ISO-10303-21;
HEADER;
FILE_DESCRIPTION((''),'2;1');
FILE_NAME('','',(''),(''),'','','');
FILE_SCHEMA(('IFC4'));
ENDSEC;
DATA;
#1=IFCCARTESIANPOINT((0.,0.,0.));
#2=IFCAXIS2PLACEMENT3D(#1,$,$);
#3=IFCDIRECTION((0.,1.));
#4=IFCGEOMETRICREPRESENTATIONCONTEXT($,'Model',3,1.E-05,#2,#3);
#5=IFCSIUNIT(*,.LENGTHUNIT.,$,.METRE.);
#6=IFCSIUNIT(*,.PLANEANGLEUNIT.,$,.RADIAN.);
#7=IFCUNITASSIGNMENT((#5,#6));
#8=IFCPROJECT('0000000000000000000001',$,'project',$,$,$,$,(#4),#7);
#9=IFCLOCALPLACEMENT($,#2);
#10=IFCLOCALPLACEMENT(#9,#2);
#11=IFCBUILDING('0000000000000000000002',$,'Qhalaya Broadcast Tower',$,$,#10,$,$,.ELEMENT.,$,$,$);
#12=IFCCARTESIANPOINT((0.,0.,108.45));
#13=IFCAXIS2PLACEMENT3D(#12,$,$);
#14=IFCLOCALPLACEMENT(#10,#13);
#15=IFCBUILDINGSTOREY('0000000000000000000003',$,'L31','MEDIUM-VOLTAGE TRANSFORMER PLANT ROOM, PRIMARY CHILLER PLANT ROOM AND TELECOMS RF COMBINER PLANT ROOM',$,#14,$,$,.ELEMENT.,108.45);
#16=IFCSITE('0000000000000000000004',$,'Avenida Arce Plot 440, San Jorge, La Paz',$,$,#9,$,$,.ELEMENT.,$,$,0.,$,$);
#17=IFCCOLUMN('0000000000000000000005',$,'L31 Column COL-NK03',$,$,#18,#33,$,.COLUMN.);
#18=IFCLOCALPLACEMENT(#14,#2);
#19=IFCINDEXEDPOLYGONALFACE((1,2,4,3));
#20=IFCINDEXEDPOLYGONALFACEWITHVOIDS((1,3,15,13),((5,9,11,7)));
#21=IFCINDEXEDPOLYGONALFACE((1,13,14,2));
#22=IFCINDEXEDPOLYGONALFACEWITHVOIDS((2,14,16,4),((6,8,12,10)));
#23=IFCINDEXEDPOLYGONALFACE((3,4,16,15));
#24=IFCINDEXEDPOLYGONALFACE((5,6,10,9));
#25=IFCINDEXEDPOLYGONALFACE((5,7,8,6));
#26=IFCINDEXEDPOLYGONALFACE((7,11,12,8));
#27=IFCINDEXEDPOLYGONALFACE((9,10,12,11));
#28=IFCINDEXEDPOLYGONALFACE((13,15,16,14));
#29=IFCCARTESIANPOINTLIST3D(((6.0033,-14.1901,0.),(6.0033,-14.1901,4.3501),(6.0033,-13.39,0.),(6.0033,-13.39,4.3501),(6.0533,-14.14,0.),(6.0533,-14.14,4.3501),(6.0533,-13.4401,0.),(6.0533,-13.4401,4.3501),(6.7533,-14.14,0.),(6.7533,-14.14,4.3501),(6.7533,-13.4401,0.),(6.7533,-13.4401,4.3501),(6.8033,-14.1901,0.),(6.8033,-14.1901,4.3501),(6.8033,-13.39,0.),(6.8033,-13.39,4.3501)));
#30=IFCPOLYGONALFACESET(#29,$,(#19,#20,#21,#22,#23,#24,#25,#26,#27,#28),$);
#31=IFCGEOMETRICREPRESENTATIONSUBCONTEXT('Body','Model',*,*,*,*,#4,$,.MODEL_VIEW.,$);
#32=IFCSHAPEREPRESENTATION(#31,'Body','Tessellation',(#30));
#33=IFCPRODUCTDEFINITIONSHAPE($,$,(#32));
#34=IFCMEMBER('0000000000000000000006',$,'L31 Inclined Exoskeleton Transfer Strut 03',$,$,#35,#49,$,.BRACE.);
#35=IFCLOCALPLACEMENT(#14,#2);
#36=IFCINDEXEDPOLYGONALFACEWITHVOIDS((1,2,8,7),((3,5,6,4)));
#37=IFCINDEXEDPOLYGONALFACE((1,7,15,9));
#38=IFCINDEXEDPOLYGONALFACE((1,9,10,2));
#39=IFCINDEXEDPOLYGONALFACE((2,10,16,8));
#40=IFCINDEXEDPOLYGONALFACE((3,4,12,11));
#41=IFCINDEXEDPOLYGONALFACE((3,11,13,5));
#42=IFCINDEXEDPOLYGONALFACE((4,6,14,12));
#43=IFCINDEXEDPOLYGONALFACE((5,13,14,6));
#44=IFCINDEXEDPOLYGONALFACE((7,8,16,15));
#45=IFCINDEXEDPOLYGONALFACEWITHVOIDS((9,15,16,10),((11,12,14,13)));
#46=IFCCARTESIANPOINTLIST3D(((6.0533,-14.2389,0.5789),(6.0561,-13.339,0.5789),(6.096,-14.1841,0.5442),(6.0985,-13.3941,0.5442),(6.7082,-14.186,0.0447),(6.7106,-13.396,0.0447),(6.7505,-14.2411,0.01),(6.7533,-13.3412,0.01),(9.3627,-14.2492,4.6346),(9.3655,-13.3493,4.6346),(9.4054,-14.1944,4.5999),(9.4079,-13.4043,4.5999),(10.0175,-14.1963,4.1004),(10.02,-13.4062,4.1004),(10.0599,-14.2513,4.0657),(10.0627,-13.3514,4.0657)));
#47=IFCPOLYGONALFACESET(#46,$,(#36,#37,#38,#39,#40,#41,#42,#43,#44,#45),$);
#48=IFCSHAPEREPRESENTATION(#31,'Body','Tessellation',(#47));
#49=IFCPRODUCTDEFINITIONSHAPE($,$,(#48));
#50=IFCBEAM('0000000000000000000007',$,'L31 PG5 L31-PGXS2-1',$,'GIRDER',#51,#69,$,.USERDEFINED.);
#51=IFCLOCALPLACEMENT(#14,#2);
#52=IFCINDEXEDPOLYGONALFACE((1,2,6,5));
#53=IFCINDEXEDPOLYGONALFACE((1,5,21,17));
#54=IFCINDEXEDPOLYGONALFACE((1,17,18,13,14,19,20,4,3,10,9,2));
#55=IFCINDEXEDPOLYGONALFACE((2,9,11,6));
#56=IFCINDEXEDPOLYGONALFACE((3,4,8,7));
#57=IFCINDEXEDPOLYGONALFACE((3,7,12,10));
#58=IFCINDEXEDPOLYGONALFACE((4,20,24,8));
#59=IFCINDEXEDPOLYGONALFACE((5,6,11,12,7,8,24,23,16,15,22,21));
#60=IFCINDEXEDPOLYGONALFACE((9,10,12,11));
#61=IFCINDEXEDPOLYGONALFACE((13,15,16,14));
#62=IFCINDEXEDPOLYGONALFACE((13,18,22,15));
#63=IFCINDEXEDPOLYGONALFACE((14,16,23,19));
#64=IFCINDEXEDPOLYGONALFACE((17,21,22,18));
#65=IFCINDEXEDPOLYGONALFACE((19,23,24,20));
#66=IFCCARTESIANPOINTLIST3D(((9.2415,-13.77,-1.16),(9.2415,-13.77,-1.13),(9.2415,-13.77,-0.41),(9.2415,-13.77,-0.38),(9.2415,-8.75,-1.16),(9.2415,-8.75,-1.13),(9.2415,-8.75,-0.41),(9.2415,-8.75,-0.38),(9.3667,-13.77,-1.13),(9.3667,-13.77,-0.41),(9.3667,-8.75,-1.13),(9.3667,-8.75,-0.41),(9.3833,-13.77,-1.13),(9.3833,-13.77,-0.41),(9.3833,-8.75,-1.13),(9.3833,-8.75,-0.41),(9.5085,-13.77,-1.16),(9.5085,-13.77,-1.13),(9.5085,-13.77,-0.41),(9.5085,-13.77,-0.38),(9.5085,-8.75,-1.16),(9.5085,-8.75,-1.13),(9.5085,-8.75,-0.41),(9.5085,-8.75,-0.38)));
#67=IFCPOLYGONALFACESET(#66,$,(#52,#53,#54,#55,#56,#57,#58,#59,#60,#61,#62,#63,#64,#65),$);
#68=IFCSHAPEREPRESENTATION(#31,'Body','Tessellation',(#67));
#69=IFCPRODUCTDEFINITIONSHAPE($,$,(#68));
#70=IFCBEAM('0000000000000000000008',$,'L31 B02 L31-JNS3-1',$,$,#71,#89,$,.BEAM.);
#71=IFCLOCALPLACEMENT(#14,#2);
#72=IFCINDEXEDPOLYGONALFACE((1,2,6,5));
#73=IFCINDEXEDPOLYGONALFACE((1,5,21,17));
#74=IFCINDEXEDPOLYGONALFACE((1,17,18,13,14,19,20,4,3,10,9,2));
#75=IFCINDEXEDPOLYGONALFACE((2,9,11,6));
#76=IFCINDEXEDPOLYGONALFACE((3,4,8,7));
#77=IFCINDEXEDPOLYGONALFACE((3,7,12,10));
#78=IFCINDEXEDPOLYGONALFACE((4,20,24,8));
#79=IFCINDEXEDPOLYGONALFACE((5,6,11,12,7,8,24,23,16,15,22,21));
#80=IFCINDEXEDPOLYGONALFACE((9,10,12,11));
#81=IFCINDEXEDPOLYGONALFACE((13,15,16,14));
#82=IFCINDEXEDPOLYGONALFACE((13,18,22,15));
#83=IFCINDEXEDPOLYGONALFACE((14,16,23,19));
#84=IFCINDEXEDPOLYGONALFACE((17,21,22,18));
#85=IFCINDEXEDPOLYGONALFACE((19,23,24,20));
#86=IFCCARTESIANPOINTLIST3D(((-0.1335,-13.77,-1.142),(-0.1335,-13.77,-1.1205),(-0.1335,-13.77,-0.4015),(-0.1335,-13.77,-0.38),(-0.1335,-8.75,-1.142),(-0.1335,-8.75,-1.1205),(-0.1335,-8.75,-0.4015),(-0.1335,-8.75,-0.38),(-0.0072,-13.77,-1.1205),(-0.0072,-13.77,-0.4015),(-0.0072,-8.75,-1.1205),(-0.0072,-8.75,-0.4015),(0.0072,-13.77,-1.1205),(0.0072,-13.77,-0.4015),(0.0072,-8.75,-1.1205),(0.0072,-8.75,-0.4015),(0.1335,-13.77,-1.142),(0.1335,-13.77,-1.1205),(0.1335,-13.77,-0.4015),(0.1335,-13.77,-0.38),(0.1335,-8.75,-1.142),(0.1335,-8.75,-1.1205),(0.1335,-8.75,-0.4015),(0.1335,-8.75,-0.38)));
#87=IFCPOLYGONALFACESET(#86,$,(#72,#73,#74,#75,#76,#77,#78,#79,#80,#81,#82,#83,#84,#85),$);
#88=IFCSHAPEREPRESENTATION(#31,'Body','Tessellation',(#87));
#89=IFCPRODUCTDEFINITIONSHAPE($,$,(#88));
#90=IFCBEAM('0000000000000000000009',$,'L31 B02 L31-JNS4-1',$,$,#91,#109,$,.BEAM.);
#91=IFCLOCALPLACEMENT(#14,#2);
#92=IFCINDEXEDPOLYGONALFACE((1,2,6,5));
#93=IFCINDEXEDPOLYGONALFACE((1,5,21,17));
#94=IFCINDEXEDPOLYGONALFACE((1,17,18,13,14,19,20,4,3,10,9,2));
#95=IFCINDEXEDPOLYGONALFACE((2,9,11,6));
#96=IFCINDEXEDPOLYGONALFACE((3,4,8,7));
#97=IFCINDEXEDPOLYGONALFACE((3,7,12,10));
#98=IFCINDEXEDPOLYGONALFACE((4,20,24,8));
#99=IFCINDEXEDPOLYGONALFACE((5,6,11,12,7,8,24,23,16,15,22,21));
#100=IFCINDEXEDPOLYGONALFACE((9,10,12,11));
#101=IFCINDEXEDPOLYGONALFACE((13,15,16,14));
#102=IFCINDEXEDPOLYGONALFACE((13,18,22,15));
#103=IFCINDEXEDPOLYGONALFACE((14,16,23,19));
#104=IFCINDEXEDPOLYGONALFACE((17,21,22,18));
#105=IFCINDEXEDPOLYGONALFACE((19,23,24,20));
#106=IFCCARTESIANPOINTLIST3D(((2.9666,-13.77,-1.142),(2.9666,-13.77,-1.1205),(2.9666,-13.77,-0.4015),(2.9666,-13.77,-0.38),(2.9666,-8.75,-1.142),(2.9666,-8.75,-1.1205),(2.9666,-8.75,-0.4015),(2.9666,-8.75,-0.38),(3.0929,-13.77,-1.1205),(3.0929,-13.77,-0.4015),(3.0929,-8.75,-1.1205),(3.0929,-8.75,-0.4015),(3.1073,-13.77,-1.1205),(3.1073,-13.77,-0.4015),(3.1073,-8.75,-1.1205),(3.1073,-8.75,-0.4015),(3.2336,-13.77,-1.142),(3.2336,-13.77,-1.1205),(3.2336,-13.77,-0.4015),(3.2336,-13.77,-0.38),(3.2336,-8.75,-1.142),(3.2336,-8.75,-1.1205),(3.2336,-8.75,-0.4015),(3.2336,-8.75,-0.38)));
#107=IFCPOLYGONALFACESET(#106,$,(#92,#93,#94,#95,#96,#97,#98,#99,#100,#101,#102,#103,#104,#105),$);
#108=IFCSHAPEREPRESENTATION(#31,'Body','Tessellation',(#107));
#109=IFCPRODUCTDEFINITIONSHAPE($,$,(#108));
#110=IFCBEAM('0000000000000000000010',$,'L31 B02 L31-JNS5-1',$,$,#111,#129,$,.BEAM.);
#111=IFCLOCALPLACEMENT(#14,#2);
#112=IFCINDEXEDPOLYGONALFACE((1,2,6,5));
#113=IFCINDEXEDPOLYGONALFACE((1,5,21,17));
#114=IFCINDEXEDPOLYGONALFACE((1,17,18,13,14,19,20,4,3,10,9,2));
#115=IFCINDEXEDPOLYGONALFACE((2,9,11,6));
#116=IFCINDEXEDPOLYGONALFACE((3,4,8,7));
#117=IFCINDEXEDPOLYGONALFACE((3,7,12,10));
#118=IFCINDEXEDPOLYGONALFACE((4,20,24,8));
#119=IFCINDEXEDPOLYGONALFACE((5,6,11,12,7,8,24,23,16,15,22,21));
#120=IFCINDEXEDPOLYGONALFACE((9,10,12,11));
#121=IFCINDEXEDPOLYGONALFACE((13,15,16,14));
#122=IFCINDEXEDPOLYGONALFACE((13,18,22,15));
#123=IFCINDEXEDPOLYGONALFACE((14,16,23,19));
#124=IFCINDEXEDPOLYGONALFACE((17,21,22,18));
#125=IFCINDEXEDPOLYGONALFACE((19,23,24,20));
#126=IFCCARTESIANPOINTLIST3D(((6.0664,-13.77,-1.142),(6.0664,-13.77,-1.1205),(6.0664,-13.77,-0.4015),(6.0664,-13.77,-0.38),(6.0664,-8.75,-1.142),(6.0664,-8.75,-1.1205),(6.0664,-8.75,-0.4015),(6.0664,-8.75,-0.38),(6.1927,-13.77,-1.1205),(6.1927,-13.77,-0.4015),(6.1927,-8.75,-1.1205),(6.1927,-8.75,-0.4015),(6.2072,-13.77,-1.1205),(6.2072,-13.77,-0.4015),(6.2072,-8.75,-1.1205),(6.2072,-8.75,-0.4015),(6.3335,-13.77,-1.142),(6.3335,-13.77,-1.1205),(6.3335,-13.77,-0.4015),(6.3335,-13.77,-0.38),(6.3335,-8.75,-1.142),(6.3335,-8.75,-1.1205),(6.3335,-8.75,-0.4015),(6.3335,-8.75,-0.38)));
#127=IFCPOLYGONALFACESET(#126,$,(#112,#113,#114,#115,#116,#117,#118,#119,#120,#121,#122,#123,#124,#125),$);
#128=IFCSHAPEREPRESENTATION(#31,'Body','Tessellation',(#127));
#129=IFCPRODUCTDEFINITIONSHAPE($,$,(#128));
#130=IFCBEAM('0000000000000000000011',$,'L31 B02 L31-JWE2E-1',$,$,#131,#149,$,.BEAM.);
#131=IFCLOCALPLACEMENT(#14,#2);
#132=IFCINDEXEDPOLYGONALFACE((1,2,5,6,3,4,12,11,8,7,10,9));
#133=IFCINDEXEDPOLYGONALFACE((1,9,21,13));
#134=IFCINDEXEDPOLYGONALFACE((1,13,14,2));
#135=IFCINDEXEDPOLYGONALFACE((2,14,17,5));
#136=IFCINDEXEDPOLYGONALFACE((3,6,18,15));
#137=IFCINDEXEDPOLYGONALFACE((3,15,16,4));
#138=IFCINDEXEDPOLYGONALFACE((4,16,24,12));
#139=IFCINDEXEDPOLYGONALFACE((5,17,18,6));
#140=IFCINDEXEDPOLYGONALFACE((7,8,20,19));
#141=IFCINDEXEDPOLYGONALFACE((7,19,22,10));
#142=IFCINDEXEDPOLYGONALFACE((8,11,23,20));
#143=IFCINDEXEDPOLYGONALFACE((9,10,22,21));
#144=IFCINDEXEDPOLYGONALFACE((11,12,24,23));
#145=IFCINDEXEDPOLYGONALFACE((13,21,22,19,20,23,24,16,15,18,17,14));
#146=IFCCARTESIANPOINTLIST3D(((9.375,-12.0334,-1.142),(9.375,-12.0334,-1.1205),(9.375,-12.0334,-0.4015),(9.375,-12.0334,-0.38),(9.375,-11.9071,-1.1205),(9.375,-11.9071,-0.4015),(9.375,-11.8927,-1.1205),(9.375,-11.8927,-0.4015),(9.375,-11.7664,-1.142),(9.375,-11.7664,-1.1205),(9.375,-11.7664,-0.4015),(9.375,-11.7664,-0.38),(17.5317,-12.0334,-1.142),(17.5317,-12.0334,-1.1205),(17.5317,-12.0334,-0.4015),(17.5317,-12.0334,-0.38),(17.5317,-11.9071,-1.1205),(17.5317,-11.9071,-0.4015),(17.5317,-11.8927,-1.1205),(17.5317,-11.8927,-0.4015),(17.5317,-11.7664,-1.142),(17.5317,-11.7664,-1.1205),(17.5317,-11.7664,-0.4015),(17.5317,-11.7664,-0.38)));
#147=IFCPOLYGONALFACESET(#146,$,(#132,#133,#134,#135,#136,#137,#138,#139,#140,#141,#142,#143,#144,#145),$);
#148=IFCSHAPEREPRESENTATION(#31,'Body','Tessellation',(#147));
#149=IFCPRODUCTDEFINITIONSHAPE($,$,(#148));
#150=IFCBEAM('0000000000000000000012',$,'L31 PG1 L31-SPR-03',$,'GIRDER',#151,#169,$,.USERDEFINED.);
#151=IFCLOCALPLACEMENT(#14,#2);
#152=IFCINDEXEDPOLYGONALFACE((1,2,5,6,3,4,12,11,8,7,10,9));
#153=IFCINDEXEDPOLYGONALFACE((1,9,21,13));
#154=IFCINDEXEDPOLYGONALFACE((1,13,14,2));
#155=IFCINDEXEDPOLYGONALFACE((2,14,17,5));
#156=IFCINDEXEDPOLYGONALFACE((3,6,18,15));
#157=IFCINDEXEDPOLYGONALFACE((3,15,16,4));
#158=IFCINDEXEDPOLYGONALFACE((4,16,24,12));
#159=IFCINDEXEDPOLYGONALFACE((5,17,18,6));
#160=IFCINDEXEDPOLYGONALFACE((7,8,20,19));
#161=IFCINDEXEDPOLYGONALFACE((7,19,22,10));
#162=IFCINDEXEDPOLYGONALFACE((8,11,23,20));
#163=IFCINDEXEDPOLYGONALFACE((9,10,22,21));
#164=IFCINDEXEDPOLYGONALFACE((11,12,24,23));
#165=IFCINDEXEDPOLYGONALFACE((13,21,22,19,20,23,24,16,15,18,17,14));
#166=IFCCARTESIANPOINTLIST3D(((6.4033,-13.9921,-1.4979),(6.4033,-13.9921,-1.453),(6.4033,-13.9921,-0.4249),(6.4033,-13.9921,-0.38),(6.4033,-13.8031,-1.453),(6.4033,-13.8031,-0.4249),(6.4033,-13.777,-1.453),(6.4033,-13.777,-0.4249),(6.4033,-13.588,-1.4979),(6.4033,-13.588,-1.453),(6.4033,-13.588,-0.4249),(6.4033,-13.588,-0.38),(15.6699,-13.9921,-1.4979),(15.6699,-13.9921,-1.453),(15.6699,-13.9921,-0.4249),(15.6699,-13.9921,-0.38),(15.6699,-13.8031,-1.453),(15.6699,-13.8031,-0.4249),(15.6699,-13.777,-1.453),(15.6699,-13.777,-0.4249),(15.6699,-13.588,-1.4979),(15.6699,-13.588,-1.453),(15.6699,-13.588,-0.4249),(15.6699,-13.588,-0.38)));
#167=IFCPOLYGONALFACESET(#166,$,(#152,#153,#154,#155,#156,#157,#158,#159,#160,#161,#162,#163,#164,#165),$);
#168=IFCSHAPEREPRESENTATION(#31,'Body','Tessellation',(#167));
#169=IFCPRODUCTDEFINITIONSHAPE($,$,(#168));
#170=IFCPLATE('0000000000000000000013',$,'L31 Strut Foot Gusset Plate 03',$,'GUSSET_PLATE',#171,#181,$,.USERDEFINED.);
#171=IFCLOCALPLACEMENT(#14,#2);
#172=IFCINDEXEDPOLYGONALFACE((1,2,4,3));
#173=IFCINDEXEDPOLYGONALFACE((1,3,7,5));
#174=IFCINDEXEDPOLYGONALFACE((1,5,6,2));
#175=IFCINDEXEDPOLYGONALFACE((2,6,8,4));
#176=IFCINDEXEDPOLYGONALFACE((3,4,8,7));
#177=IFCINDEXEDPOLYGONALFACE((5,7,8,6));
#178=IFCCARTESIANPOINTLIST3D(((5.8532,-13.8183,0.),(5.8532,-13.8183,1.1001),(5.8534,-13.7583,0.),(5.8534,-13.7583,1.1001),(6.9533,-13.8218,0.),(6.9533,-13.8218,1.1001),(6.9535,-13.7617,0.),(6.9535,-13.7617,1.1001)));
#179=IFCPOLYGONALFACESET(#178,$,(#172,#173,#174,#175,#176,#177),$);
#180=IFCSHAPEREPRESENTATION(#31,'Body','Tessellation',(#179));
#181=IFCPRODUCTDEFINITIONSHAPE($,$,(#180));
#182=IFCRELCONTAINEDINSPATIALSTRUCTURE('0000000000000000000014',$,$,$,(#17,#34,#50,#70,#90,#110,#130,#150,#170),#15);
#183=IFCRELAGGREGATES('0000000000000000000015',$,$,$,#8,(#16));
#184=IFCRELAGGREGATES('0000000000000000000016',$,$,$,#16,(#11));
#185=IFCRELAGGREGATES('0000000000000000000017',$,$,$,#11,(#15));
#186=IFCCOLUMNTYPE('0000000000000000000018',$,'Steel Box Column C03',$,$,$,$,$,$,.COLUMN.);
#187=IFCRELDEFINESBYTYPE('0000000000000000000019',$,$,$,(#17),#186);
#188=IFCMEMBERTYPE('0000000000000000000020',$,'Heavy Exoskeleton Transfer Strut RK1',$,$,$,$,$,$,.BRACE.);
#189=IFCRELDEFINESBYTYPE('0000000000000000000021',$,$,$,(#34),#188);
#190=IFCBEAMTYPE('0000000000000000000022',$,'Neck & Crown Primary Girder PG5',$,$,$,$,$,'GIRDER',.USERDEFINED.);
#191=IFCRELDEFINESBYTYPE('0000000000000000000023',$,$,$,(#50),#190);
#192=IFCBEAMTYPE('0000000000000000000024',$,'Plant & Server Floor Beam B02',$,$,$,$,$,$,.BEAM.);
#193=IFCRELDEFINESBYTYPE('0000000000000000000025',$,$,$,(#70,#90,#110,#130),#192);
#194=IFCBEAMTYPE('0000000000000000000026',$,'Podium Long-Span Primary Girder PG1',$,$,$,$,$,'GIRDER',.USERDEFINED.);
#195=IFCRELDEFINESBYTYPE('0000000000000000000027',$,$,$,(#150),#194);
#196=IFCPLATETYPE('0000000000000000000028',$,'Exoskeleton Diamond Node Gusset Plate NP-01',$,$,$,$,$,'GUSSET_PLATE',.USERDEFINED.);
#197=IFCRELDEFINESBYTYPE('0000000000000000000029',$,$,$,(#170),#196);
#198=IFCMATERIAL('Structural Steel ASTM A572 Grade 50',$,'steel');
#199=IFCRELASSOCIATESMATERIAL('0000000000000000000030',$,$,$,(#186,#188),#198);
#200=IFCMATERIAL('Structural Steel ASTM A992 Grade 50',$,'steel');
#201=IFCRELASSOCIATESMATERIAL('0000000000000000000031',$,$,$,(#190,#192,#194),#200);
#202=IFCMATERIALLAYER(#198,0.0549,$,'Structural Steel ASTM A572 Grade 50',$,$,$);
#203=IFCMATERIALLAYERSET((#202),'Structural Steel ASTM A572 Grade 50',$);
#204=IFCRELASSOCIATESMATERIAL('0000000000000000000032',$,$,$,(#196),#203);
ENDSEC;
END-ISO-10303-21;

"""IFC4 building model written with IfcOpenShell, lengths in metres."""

from ifc_helpers import new_model, si_unit, direction, frame, origin, origin_2d, place, context, subcontext, project, spatial, rectangle, hollow_rectangle, i_section, extrude, material, layer, layer_set, material_profile, profile_set, type_object, element, save


model = new_model("IFC4")

# Units and contexts
model_context = context("Model", 3, precision=1e-05, world=origin(), true_north=direction((0.0, 1.0)))
body_context = subcontext(model_context, "Body", "Model", "MODEL_VIEW")
ifc_project = project(units=[si_unit("LENGTHUNIT", "METRE"), si_unit("PLANEANGLEUNIT", "RADIAN")], contexts=[model_context])

# Site, building, storey
site_placement = place(None, origin())
site = spatial("IfcSite", under=ifc_project, at=site_placement, Name="Avenida Arce Plot 440, San Jorge, La Paz", CompositionType="ELEMENT", RefElevation=0.0)
building_placement = place(site_placement, origin())
building = spatial("IfcBuilding", under=site, at=building_placement, Name="Qhalaya Broadcast Tower", CompositionType="ELEMENT")
storey_placement = place(building_placement, frame((0.0, 0.0, 108.45)))
storey = spatial("IfcBuildingStorey", under=building, at=storey_placement, Name="L31", Description="MEDIUM-VOLTAGE TRANSFORMER PLANT ROOM, PRIMARY CHILLER PLANT ROOM AND TELECOMS RF COMBINER PLANT ROOM", CompositionType="ELEMENT", Elevation=108.45)

# Column
ifc_material_1 = material(Name="Structural Steel ASTM A572 Grade 50", Category="steel")
ifc_material_profile_1 = material_profile(ifc_material_1, hollow_rectangle(XDim=0.8, YDim=0.8, WallThickness=0.05, at=origin_2d()), Name="BOX 800x800x50")
ifc_profile_set_1 = profile_set([ifc_material_profile_1], Name="Structural Steel ASTM A572 Grade 50")
column_type = type_object("IfcColumnType", Name="Steel Box Column C03", PredefinedType="COLUMN", material=ifc_profile_set_1)
column_placement = place(storey_placement, frame((6.4033, -13.79, 0.0), z_axis=(0.0, 0.0, 1.0), x_axis=(1.0, 0.0, 0.0)))
element("IfcColumn", 1, at=column_placement, inside=storey, type_object=column_type, Name="L31 Column COL-NK03", PredefinedType="COLUMN", context=body_context, shape_type="SweptSolid", body=[
    extrude(hollow_rectangle(XDim=0.8, YDim=0.8, WallThickness=0.05, at=origin_2d()), origin(), (0.0, 0.0, 1.0), 4.3501),
])

# Member
ifc_material_profile_2 = material_profile(ifc_material_1, hollow_rectangle(XDim=0.8999, YDim=0.8999, WallThickness=0.0549, at=origin_2d()), Name="BOX 900x900x55")
ifc_profile_set_2 = profile_set([ifc_material_profile_2], Name="Structural Steel ASTM A572 Grade 50")
member_type = type_object("IfcMemberType", Name="Heavy Exoskeleton Transfer Strut RK1", PredefinedType="BRACE", material=ifc_profile_set_2)
member_placement = place(storey_placement, frame((6.4033, -13.79, 0.2944), z_axis=(0.632212, -0.001959, 0.774793), x_axis=(0.003098, 0.999995, 0.0)))
element("IfcMember", 2, at=member_placement, inside=storey, type_object=member_type, Name="L31 Inclined Exoskeleton Transfer Strut 03", PredefinedType="BRACE", context=body_context, shape_type="SweptSolid", body=[
    extrude(hollow_rectangle(XDim=0.8999, YDim=0.8999, WallThickness=0.0549, at=origin_2d()), origin(), (0.0, 0.0, 1.0), 5.2346),
])

# Beams
ifc_material_2 = material(Name="Structural Steel ASTM A992 Grade 50", Category="steel")
ifc_material_profile_3 = material_profile(ifc_material_2, i_section(OverallWidth=0.2671, OverallDepth=0.78, WebThickness=0.0166, FlangeThickness=0.03, at=origin_2d()), Name="W30X148")
ifc_profile_set_3 = profile_set([ifc_material_profile_3], Name="Structural Steel ASTM A992 Grade 50")
beam_type_1 = type_object("IfcBeamType", Name="Neck & Crown Primary Girder PG5", ElementType="GIRDER", PredefinedType="USERDEFINED", material=ifc_profile_set_3)
beam_1_placement = place(storey_placement, frame((9.375, -13.77, -0.77), z_axis=(0.0, 1.0, 0.0), x_axis=(-1.0, 0.0, 0.0)))
element("IfcBeam", 3, at=beam_1_placement, inside=storey, type_object=beam_type_1, Name="L31 PG5 L31-PGXS2-1", ObjectType="GIRDER", PredefinedType="USERDEFINED", context=body_context, shape_type="SweptSolid", body=[
    extrude(i_section(OverallWidth=0.2671, OverallDepth=0.78, WebThickness=0.0166, FlangeThickness=0.03, at=origin_2d()), origin(), (0.0, 0.0, 1.0), 5.02),
])
ifc_material_profile_4 = material_profile(ifc_material_2, i_section(OverallWidth=0.2671, OverallDepth=0.762, WebThickness=0.0144, FlangeThickness=0.0215, at=origin_2d()), Name="W30X116")
ifc_profile_set_4 = profile_set([ifc_material_profile_4], Name="Structural Steel ASTM A992 Grade 50")
beam_type_2 = type_object("IfcBeamType", Name="Plant & Server Floor Beam B02", PredefinedType="BEAM", material=ifc_profile_set_4)
for number, where, z_axis, x_axis, name in (
    (4, (0.0, -13.77, -0.761), (0.0, 1.0, 0.0), (-1.0, 0.0, 0.0), "L31 B02 L31-JNS3-1"),
    (5, (3.1001, -13.77, -0.761), (0.0, 1.0, 0.0), (-1.0, 0.0, 0.0), "L31 B02 L31-JNS4-1"),
    (6, (6.2, -13.77, -0.761), (0.0, 1.0, 0.0), (-1.0, 0.0, 0.0), "L31 B02 L31-JNS5-1"),
):
    element("IfcBeam", number, at=place(storey_placement, frame(where, z_axis=z_axis, x_axis=x_axis)), inside=storey, type_object=beam_type_2, Name=name, PredefinedType="BEAM", context=body_context, shape_type="SweptSolid", body=[
        extrude(i_section(OverallWidth=0.2671, OverallDepth=0.762, WebThickness=0.0144, FlangeThickness=0.0215, at=origin_2d()), origin(), (0.0, 0.0, 1.0), 5.02),
    ])
beam_2_placement = place(storey_placement, frame((9.375, -11.8999, -0.761), z_axis=(1.0, 0.0, 0.0), x_axis=(0.0, 1.0, 0.0)))
element("IfcBeam", 7, at=beam_2_placement, inside=storey, type_object=beam_type_2, Name="L31 B02 L31-JWE2E-1", PredefinedType="BEAM", context=body_context, shape_type="SweptSolid", body=[
    extrude(i_section(OverallWidth=0.2671, OverallDepth=0.762, WebThickness=0.0144, FlangeThickness=0.0215, at=origin_2d()), origin(), (0.0, 0.0, 1.0), 8.1567),
])
ifc_material_profile_5 = material_profile(ifc_material_2, i_section(OverallWidth=0.4041, OverallDepth=1.1179, WebThickness=0.0261, FlangeThickness=0.0449, at=origin_2d()), Name="W44X335")
ifc_profile_set_5 = profile_set([ifc_material_profile_5], Name="Structural Steel ASTM A992 Grade 50")
beam_type_3 = type_object("IfcBeamType", Name="Podium Long-Span Primary Girder PG1", ElementType="GIRDER", PredefinedType="USERDEFINED", material=ifc_profile_set_5)
beam_3_placement = place(storey_placement, frame((6.4033, -13.79, -0.939), z_axis=(1.0, 0.0, 0.0), x_axis=(0.0, 1.0, 0.0)))
element("IfcBeam", 8, at=beam_3_placement, inside=storey, type_object=beam_type_3, Name="L31 PG1 L31-SPR-03", ObjectType="GIRDER", PredefinedType="USERDEFINED", context=body_context, shape_type="SweptSolid", body=[
    extrude(i_section(OverallWidth=0.4041, OverallDepth=1.1179, WebThickness=0.0261, FlangeThickness=0.0449, at=origin_2d()), origin(), (0.0, 0.0, 1.0), 9.2666),
])

# Plate
ifc_layer_1 = layer(ifc_material_1, 0.0549, Name="Structural Steel ASTM A572 Grade 50")
ifc_layer_set_1 = layer_set([ifc_layer_1], Name="Structural Steel ASTM A572 Grade 50")
plate_type_1 = type_object("IfcPlateType", Name="Exoskeleton Diamond Node Gusset Plate NP-01", ElementType="GUSSET_PLATE", PredefinedType="USERDEFINED", material=ifc_layer_set_1)
plate_1_placement = place(storey_placement, frame((6.4033, -13.79, 0.0), z_axis=(0.0, 0.0, 1.0), x_axis=(0.999995, -0.003142, 0.0)))
element("IfcPlate", 9, at=plate_1_placement, inside=storey, type_object=plate_type_1, Name="L31 Strut Foot Gusset Plate 03", ObjectType="GUSSET_PLATE", PredefinedType="USERDEFINED", context=body_context, shape_type="SweptSolid", body=[
    extrude(rectangle(XDim=1.1001, YDim=0.0601, at=origin_2d()), origin(), (0.0, 0.0, 1.0), 1.1001),
])

save(model, "model.ifc")
